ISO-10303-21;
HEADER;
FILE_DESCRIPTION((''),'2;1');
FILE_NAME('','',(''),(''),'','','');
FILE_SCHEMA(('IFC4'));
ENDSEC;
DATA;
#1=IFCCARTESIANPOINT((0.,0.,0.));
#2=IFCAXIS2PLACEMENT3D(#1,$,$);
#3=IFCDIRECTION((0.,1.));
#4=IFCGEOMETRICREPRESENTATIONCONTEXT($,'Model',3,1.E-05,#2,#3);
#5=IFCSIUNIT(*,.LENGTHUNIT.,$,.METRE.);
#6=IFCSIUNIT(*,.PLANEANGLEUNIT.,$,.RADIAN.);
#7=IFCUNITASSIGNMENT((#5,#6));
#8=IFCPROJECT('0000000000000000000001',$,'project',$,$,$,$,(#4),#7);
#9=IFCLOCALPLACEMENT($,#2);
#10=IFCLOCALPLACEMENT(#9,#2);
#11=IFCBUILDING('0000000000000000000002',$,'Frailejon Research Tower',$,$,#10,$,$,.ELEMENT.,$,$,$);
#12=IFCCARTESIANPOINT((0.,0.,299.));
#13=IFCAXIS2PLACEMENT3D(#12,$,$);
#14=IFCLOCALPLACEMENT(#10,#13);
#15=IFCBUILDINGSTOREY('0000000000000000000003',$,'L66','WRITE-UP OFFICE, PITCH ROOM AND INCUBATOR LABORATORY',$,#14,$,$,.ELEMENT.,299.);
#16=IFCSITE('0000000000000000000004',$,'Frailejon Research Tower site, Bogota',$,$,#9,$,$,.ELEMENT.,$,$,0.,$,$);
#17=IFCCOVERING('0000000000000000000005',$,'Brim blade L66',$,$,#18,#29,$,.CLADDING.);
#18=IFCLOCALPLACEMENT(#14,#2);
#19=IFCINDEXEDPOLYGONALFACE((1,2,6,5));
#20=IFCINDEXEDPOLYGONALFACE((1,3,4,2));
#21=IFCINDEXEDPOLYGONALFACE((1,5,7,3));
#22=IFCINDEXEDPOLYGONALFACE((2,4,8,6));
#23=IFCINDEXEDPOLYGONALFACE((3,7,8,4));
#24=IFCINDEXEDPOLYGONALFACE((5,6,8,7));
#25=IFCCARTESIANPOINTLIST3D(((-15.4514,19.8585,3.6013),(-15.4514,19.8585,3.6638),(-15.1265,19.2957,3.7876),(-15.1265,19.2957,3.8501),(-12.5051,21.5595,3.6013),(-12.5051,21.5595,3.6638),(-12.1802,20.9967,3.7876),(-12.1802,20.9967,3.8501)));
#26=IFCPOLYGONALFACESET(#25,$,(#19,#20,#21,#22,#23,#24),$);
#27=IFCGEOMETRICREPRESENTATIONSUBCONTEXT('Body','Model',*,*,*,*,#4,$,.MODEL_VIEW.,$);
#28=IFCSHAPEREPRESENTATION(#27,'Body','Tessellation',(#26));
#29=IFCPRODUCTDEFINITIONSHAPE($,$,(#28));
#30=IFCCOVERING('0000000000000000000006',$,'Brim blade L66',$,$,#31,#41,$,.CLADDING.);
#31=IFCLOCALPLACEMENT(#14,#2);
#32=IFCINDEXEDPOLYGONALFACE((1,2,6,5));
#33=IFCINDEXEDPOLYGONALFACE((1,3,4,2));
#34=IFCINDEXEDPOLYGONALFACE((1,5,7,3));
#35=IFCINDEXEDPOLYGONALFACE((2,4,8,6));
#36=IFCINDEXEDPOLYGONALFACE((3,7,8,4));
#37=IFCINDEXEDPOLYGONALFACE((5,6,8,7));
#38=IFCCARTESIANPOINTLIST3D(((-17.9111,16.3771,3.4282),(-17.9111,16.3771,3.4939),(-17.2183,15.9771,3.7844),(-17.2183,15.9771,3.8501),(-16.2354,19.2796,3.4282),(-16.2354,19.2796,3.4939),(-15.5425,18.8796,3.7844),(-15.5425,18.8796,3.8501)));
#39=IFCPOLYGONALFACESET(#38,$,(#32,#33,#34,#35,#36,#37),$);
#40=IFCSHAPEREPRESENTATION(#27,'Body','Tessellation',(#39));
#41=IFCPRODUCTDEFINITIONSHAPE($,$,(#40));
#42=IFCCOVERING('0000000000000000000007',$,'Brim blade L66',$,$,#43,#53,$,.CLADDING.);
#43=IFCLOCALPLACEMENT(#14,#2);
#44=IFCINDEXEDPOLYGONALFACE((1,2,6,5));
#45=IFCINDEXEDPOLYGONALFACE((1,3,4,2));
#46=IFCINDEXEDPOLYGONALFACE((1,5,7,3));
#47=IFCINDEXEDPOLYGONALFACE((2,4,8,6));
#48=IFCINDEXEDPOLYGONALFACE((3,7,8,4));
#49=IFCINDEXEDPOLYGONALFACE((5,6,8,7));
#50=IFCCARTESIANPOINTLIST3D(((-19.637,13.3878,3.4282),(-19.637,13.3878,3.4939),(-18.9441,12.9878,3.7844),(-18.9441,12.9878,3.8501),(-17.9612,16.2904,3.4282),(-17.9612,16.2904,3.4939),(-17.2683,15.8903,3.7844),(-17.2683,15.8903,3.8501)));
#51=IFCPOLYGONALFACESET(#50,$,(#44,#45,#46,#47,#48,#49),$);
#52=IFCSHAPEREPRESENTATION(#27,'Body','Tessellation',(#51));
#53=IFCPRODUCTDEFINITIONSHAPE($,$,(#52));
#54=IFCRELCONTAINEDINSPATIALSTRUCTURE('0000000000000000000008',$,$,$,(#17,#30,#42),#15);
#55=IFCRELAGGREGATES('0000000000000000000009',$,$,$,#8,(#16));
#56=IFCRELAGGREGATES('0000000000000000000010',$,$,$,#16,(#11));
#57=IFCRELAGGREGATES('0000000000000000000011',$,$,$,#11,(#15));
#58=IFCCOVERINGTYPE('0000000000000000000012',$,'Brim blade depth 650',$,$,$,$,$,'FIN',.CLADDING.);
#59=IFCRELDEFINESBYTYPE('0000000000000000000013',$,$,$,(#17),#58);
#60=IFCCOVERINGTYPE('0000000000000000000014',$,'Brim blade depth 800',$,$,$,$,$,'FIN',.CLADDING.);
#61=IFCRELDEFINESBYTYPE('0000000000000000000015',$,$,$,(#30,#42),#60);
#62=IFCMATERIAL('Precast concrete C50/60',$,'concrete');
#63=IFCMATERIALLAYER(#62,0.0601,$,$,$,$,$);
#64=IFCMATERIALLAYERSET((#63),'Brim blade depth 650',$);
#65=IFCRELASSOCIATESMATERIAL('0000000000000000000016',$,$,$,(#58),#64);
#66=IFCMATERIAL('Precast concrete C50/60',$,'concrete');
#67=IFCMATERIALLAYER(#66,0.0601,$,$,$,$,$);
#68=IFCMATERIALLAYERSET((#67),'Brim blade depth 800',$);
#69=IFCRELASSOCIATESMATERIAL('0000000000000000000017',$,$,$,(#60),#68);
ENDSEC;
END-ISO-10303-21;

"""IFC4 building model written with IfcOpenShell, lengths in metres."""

from ifc_helpers import new_model, si_unit, direction, frame, origin, place, context, subcontext, project, spatial, polyline, outline, extrude, material, layer, layer_set, type_object, element, save


model = new_model("IFC4")

# Units and contexts
model_context = context("Model", 3, precision=1e-05, world=origin(), true_north=direction((0.0, 1.0)))
body_context = subcontext(model_context, "Body", "Model", "MODEL_VIEW")
ifc_project = project(units=[si_unit("LENGTHUNIT", "METRE"), si_unit("PLANEANGLEUNIT", "RADIAN")], contexts=[model_context])

# Site, building, storey
site_placement = place(None, origin())
site = spatial("IfcSite", under=ifc_project, at=site_placement, Name="Frailejon Research Tower site, Bogota", CompositionType="ELEMENT", RefElevation=0.0)
building_placement = place(site_placement, origin())
building = spatial("IfcBuilding", under=site, at=building_placement, Name="Frailejon Research Tower", CompositionType="ELEMENT")
storey_placement = place(building_placement, frame((0.0, 0.0, 299.0)))
storey = spatial("IfcBuildingStorey", under=building, at=storey_placement, Name="L66", Description="WRITE-UP OFFICE, PITCH ROOM AND INCUBATOR LABORATORY", CompositionType="ELEMENT", Elevation=299.0)

# Coverings
ifc_material_1 = material(Name="Precast concrete C50/60", Category="concrete")
ifc_layer_1 = layer(ifc_material_1, 0.0601)
ifc_layer_set_1 = layer_set([ifc_layer_1], Name="Brim blade depth 650")
covering_type_1 = type_object("IfcCoveringType", Name="Brim blade depth 650", ElementType="FIN", PredefinedType="CLADDING", material=ifc_layer_set_1)
covering_placement = place(storey_placement, frame((-15.1265, 19.2957, 3.8501), z_axis=(0.866024, 0.500003, 0.0), x_axis=(-0.500003, 0.866024, 0.0)))
element("IfcCovering", 1, at=covering_placement, inside=storey, type_object=covering_type_1, Name="Brim blade L66", PredefinedType="CLADDING", context=body_context, shape_type="SweptSolid", body=[
    extrude(outline(polyline([(0.0, -0.0625), (0.6499, -0.2488), (0.6499, -0.1863), (0.0, 0.0), (0.0, -0.0625)])), origin(), (0.0, 0.0, 1.0), 3.4021),
])
ifc_material_2 = material(Name="Precast concrete C50/60", Category="concrete")
ifc_layer_2 = layer(ifc_material_2, 0.0601)
ifc_layer_set_2 = layer_set([ifc_layer_2], Name="Brim blade depth 800")
covering_type_2 = type_object("IfcCoveringType", Name="Brim blade depth 800", ElementType="FIN", PredefinedType="CLADDING", material=ifc_layer_set_2)
for number, where, z_axis, x_axis, name in (
    (2, (-17.2183, 15.9771, 3.8501), (0.499997, 0.866027, 0.0), (-0.866027, 0.499997, 0.0), "Brim blade L66"),
    (3, (-18.9441, 12.9878, 3.8501), (0.499997, 0.866027, 0.0), (-0.866027, 0.499997, 0.0), "Brim blade L66"),
):
    element("IfcCovering", number, at=place(storey_placement, frame(where, z_axis=z_axis, x_axis=x_axis)), inside=storey, type_object=covering_type_2, Name=name, PredefinedType="CLADDING", context=body_context, shape_type="SweptSolid", body=[
        extrude(outline(polyline([(0.0, -0.0657), (0.8, -0.4219), (0.8, -0.3562), (0.0, 0.0), (0.0, -0.0657)])), origin(), (0.0, 0.0, 1.0), 3.3516),
    ])

save(model, "model.ifc")
